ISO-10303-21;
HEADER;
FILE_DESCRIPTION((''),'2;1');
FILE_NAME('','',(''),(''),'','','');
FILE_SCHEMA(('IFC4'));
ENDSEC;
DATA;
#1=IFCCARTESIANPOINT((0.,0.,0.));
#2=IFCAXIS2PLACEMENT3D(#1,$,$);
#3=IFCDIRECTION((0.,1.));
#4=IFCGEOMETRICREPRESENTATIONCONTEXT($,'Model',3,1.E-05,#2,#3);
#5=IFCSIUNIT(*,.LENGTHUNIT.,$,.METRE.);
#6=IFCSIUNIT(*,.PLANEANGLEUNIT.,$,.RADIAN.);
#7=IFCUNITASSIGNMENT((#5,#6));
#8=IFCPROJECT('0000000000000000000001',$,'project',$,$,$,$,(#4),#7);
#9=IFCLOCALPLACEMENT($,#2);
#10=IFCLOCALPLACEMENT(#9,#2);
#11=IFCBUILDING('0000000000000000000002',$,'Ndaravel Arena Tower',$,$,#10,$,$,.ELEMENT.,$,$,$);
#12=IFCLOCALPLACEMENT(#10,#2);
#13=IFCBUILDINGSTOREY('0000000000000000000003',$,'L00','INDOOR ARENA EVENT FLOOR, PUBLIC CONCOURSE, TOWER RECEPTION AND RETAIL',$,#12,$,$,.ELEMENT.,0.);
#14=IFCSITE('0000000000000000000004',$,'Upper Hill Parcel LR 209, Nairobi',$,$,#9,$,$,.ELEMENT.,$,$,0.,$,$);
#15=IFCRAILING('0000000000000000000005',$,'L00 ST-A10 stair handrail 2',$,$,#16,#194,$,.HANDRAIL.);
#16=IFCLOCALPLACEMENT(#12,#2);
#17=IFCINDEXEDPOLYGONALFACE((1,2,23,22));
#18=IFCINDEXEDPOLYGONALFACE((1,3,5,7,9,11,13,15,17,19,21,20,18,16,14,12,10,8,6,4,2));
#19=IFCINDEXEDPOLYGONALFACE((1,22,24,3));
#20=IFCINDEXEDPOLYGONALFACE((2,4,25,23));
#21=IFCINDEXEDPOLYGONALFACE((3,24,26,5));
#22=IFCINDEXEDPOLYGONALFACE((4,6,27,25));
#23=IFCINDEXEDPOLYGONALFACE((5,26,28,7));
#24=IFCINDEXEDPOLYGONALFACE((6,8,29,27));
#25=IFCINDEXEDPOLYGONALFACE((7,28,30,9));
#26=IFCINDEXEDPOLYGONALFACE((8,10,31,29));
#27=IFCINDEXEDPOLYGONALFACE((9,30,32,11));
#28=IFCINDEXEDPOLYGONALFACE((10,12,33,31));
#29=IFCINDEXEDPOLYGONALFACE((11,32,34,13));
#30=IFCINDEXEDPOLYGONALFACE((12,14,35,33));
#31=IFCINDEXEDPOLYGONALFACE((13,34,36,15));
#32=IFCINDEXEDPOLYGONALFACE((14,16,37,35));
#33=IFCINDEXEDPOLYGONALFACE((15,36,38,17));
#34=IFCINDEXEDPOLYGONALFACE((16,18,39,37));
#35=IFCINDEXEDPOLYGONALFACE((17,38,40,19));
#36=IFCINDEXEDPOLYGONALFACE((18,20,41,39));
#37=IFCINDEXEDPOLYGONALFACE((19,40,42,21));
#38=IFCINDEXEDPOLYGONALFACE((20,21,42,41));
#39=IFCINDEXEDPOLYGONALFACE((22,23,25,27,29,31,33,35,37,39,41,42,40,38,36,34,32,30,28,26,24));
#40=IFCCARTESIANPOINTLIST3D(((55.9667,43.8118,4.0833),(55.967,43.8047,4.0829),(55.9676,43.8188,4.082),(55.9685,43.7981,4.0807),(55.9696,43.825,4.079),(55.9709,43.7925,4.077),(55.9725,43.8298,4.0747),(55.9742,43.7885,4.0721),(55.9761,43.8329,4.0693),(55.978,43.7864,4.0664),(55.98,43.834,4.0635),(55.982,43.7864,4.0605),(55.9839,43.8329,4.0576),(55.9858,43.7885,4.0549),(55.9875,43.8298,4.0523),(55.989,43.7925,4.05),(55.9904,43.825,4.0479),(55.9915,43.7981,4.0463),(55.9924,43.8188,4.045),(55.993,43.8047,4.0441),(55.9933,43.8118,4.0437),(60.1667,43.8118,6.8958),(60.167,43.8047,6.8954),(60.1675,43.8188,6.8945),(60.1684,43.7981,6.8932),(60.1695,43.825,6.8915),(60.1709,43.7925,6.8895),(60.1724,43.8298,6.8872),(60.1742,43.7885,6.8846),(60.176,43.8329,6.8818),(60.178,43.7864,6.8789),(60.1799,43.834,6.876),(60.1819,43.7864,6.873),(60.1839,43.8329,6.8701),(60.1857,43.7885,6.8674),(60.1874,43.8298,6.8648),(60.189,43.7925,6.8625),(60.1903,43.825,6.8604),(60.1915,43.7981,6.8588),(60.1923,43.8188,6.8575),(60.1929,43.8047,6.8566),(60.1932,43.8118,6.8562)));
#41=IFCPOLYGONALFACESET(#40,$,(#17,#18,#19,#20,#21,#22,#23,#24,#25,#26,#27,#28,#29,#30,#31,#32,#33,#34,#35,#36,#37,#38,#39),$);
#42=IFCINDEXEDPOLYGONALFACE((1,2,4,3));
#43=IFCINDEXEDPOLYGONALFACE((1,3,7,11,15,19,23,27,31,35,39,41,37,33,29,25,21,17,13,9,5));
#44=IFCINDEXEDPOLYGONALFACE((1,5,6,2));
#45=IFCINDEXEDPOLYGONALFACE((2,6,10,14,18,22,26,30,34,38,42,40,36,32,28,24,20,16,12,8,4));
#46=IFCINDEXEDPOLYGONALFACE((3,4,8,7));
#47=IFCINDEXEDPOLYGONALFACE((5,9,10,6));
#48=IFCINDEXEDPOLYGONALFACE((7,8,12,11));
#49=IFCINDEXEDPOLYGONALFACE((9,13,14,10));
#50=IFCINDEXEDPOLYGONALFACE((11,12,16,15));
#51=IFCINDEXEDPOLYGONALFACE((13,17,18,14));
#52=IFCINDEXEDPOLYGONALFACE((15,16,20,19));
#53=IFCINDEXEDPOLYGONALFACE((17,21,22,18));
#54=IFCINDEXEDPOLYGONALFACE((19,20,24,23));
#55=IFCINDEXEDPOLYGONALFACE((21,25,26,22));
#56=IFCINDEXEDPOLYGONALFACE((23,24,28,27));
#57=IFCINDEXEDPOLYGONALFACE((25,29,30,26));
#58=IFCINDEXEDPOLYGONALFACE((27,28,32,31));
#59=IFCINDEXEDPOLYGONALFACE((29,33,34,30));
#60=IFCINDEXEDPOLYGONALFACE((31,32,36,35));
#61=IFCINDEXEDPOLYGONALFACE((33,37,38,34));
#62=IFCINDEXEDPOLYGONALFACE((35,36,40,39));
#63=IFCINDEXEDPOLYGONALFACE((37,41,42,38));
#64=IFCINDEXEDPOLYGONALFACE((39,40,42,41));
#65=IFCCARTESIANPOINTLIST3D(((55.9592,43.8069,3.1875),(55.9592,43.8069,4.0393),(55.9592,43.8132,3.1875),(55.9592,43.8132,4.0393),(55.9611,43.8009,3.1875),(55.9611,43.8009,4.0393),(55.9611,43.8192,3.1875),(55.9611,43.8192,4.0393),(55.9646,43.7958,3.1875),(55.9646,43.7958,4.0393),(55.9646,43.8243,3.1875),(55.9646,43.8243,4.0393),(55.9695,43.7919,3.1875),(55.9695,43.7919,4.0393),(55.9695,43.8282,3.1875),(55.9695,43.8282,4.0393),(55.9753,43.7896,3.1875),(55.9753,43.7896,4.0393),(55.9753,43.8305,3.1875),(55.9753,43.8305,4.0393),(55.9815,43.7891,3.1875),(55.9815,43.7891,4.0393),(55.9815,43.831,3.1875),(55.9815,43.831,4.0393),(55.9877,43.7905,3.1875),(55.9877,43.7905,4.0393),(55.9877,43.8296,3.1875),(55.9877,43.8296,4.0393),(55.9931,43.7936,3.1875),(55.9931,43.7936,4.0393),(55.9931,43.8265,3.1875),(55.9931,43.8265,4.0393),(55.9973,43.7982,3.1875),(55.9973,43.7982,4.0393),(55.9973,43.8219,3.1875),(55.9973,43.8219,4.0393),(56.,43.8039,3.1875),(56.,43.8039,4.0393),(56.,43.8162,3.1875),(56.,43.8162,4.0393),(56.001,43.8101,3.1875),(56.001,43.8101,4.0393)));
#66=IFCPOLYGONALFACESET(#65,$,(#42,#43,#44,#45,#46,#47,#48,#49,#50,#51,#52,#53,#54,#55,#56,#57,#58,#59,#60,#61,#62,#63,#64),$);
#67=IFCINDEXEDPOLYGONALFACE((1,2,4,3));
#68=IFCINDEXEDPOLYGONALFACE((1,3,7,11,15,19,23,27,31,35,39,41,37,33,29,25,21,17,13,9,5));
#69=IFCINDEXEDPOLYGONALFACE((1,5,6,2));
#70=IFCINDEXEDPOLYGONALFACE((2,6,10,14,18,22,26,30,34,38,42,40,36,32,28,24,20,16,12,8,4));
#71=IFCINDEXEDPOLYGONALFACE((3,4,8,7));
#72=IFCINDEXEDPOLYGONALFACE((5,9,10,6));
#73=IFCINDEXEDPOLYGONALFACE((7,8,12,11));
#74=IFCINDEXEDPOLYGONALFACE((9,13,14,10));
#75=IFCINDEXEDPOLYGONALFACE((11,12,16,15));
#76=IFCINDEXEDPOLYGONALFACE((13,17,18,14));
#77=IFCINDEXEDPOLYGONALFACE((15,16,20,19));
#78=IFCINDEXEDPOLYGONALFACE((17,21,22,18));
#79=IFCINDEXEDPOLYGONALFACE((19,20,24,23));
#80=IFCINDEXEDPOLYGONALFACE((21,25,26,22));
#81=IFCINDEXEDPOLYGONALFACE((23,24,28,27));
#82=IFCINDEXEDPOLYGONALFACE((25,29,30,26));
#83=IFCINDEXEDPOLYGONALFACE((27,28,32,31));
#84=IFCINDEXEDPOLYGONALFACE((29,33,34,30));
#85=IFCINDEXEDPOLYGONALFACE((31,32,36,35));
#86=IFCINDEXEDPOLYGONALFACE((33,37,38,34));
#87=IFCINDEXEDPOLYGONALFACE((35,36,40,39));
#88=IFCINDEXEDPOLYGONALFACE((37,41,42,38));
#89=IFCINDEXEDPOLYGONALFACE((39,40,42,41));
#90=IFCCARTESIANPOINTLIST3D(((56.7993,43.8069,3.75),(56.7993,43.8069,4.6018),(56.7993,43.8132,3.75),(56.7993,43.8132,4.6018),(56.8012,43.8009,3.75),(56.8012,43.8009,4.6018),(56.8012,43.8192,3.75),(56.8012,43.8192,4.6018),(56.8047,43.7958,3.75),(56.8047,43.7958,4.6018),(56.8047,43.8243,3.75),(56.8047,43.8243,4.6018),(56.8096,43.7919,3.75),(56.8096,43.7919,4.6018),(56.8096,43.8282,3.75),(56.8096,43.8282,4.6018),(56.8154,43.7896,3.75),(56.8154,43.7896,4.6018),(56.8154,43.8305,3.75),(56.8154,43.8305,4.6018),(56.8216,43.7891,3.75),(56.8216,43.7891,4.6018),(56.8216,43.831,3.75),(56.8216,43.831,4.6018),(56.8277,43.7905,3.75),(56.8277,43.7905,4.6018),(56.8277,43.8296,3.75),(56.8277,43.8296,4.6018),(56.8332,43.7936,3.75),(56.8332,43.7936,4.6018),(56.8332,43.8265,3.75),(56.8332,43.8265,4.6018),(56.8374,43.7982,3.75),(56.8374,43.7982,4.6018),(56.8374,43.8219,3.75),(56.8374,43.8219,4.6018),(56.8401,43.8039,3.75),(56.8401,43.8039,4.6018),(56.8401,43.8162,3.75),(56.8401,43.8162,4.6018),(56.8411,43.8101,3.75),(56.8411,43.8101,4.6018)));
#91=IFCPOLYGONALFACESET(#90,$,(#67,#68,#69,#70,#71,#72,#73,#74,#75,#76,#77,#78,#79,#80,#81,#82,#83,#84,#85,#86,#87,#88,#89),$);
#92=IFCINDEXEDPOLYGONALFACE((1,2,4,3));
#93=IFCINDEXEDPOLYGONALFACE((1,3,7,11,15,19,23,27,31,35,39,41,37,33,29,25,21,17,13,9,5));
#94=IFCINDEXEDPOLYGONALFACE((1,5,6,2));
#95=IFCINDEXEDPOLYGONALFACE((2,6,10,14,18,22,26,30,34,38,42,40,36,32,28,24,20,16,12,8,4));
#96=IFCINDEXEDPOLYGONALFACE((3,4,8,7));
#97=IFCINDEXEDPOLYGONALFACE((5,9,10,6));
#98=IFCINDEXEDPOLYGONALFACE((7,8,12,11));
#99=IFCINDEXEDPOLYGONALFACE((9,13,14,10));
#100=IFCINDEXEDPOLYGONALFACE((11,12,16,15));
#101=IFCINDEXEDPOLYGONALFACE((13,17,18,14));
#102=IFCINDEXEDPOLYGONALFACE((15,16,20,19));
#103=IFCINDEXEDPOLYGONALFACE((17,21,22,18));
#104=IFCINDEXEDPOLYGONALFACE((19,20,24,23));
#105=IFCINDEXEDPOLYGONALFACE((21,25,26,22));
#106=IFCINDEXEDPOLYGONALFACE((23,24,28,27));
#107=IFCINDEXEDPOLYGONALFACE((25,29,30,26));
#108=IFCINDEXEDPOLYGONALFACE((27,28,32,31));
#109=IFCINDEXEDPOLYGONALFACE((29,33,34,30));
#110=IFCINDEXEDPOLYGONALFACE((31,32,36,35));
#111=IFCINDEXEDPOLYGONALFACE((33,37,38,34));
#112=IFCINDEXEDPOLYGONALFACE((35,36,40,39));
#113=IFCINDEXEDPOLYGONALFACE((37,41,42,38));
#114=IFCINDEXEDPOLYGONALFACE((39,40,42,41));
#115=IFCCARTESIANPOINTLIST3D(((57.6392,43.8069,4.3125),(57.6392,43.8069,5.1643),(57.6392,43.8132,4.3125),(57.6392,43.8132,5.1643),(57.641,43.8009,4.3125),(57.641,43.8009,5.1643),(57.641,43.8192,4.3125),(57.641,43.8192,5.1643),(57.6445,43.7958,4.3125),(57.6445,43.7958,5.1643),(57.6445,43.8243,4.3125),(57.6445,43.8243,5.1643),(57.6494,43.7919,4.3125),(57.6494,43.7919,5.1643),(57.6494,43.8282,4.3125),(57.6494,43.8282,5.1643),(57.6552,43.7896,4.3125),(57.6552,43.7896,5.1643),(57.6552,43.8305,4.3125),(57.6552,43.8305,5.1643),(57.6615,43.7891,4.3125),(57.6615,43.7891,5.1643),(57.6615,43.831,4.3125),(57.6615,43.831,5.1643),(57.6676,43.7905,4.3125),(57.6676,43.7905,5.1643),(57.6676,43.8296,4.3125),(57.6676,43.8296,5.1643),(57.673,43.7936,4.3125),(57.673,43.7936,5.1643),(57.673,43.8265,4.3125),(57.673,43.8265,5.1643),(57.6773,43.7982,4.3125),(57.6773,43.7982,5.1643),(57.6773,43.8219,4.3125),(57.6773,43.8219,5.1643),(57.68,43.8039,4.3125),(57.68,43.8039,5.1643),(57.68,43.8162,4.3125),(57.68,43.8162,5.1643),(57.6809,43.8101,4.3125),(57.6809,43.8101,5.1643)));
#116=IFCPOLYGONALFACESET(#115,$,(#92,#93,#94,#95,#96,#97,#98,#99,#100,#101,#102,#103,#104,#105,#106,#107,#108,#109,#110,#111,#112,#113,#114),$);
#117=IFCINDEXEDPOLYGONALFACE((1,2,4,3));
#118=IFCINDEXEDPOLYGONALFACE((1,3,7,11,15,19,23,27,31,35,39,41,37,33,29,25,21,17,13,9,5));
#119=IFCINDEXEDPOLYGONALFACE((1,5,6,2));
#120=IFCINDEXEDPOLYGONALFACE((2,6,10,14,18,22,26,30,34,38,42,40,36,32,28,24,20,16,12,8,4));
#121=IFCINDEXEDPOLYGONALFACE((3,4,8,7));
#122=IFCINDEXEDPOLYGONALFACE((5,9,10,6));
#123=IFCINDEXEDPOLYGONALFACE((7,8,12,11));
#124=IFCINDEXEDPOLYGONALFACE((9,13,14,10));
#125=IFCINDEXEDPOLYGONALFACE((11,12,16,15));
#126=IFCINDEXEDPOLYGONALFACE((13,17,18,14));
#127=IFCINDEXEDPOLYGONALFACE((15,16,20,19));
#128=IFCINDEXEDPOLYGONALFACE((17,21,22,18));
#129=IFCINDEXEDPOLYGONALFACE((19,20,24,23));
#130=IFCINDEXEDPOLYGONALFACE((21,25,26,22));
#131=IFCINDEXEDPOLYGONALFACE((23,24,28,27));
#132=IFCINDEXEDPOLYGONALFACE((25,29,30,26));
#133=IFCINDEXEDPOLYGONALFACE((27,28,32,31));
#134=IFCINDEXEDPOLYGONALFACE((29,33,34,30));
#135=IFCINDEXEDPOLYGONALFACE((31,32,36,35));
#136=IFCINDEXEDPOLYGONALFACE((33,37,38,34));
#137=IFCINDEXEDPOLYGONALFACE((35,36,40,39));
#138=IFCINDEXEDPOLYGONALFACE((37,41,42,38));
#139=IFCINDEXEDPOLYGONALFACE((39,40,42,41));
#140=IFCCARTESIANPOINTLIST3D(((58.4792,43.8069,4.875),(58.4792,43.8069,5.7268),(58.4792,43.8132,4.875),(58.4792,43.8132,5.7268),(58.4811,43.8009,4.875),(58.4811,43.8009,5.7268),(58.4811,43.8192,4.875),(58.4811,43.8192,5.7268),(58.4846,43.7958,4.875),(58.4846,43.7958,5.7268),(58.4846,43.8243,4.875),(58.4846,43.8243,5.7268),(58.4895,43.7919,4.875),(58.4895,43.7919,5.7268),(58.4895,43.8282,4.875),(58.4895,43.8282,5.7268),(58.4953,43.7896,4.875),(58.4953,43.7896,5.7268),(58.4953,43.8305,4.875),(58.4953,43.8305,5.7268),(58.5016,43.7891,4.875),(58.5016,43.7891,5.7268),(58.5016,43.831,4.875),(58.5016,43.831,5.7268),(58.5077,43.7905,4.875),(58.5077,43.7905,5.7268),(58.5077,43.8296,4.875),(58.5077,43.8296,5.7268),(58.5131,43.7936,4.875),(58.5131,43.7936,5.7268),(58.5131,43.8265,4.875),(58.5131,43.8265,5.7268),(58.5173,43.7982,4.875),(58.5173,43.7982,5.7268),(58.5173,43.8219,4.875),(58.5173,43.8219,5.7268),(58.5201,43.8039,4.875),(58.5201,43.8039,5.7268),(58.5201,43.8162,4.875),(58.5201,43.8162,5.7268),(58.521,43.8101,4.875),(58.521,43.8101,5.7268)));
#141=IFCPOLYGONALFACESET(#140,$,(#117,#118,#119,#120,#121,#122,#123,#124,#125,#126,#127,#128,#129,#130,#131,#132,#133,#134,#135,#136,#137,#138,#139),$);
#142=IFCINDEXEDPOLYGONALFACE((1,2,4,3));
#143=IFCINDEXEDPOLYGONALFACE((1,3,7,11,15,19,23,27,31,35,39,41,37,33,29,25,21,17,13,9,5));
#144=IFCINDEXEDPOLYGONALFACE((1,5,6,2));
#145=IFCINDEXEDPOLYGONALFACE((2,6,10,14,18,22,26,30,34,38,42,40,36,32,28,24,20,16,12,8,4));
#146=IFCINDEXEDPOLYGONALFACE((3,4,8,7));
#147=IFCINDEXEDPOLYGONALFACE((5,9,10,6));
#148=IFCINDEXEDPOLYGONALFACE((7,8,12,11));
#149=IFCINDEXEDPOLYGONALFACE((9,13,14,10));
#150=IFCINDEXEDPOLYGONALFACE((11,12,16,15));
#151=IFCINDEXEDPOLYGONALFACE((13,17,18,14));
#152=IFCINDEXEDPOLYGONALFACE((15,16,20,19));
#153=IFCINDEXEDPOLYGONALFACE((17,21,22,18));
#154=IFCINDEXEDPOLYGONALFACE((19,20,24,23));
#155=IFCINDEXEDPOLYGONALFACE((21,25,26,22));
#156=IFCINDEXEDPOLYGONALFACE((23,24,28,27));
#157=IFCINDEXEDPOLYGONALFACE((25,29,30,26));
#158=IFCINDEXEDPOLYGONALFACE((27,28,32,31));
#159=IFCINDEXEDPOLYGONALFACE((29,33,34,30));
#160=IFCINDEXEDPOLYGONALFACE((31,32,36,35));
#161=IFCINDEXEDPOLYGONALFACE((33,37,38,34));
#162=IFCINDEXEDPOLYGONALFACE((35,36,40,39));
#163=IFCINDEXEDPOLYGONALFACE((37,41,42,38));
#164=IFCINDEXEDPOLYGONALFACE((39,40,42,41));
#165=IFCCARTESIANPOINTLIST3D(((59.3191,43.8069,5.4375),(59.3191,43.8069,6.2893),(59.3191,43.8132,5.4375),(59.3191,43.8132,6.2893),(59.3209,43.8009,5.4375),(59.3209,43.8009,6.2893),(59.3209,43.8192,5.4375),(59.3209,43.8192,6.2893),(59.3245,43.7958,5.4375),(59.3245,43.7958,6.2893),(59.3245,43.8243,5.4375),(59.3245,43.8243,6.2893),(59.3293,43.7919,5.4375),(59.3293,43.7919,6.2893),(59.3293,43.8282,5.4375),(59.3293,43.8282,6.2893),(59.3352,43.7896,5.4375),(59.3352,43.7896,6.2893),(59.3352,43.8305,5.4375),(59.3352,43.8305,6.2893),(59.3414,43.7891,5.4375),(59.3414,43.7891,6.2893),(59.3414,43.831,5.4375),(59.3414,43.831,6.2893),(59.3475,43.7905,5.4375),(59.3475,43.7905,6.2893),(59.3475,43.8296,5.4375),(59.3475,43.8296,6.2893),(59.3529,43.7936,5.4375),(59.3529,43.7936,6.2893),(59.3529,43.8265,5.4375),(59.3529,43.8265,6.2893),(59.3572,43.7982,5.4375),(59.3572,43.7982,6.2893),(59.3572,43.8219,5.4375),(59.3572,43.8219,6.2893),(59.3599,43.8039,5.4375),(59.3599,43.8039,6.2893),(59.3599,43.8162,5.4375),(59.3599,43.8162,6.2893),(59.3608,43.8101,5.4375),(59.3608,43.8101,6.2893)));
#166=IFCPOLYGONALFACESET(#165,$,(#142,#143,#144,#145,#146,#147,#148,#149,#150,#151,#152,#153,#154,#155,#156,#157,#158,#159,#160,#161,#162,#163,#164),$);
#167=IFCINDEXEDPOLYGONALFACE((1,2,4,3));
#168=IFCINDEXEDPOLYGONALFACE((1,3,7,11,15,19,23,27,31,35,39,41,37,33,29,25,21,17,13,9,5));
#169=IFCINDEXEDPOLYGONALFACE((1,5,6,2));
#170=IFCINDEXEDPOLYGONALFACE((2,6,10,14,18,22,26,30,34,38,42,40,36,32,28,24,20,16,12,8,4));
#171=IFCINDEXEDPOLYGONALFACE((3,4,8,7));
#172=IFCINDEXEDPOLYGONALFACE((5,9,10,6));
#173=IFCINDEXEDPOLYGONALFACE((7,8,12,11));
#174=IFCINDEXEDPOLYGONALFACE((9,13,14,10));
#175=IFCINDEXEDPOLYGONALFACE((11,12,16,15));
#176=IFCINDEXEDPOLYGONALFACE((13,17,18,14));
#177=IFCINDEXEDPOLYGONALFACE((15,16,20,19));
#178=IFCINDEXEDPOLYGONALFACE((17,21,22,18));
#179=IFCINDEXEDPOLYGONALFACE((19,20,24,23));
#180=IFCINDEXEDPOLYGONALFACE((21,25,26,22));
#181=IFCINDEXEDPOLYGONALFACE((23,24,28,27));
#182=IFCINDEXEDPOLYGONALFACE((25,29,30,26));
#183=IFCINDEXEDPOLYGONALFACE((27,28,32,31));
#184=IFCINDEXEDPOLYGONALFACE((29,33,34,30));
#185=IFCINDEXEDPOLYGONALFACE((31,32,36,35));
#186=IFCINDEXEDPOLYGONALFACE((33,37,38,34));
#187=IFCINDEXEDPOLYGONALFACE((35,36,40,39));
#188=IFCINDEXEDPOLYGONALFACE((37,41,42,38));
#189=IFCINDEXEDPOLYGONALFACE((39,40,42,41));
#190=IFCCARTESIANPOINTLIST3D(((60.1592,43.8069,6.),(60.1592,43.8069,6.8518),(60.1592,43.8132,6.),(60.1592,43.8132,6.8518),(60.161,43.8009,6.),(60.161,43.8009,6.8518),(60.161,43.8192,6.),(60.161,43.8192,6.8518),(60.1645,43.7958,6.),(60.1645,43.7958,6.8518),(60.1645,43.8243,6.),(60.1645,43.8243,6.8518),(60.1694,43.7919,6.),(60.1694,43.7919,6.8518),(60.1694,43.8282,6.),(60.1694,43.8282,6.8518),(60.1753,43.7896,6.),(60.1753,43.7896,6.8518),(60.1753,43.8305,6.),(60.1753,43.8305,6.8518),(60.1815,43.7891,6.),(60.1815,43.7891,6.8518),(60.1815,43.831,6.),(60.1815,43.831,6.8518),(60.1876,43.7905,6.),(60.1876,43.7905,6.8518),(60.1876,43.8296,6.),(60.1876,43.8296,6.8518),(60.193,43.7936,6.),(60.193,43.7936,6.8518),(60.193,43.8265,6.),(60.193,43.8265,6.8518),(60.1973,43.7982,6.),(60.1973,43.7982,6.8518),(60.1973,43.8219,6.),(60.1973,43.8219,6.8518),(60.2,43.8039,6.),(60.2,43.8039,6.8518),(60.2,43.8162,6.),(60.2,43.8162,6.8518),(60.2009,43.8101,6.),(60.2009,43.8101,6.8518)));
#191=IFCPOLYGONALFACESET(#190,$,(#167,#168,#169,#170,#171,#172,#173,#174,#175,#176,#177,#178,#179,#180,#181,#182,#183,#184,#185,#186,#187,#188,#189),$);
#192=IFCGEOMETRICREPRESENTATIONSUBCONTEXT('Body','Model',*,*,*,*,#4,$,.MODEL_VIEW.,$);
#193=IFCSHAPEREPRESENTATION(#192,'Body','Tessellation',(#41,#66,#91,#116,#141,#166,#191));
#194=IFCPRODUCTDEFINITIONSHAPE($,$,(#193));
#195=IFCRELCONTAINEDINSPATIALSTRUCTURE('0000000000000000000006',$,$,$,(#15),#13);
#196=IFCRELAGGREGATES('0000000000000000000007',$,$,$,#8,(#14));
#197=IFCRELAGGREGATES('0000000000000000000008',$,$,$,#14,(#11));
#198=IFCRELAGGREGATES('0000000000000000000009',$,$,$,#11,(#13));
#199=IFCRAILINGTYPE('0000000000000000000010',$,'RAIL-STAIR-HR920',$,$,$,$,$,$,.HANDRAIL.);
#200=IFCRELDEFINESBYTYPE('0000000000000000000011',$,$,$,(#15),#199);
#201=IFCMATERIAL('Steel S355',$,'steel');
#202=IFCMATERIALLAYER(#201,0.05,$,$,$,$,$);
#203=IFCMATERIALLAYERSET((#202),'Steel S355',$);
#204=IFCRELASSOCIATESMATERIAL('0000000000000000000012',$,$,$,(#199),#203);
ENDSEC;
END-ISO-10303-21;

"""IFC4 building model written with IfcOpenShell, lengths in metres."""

from ifc_helpers import new_model, si_unit, direction, frame, origin, origin_2d, place, context, subcontext, project, spatial, circle, extrude, material, layer, layer_set, type_object, element, save


model = new_model("IFC4")

# Units and contexts
model_context = context("Model", 3, precision=1e-05, world=origin(), true_north=direction((0.0, 1.0)))
body_context = subcontext(model_context, "Body", "Model", "MODEL_VIEW")
ifc_project = project(units=[si_unit("LENGTHUNIT", "METRE"), si_unit("PLANEANGLEUNIT", "RADIAN")], contexts=[model_context])

# Site, building, storey
site_placement = place(None, origin())
site = spatial("IfcSite", under=ifc_project, at=site_placement, Name="Upper Hill Parcel LR 209, Nairobi", CompositionType="ELEMENT", RefElevation=0.0)
building_placement = place(site_placement, origin())
building = spatial("IfcBuilding", under=site, at=building_placement, Name="Ndaravel Arena Tower", CompositionType="ELEMENT")
storey_placement = place(building_placement, origin())
storey = spatial("IfcBuildingStorey", under=building, at=storey_placement, Name="L00", Description="INDOOR ARENA EVENT FLOOR, PUBLIC CONCOURSE, TOWER RECEPTION AND RETAIL", CompositionType="ELEMENT", Elevation=0.0)

# Railing
ifc_material_1 = material(Name="Steel S355", Category="steel")
ifc_layer_1 = layer(ifc_material_1, 0.05)
ifc_layer_set_1 = layer_set([ifc_layer_1], Name="Steel S355")
railing_type_1 = type_object("IfcRailingType", Name="RAIL-STAIR-HR920", PredefinedType="HANDRAIL", material=ifc_layer_set_1)
railing_1_placement = place(storey_placement, frame((55.98, 43.8101, 3.1875)))
element("IfcRailing", 1, at=railing_1_placement, inside=storey, type_object=railing_type_1, Name="L00 ST-A10 stair handrail 2", PredefinedType="HANDRAIL", context=body_context, shape_type="SweptSolid", body=[
    extrude(circle(Radius=0.0239, at=origin_2d()), frame((0.0, 0.0, 0.876), z_axis=(0.830904, 0.0, 0.556416), x_axis=(0.0, 1.0, 0.0)), (0.0, 0.0, 1.0), 5.0547),
    extrude(circle(Radius=0.021, at=origin_2d()), origin(), (0.0, 0.0, 1.0), 0.8518),
    extrude(circle(Radius=0.021, at=origin_2d()), frame((0.8401, 0.0, 0.5625)), (0.0, 0.0, 1.0), 0.8518),
    extrude(circle(Radius=0.021, at=origin_2d()), frame((1.6799, 0.0, 1.125)), (0.0, 0.0, 1.0), 0.8518),
    extrude(circle(Radius=0.021, at=origin_2d()), frame((2.52, 0.0, 1.6875)), (0.0, 0.0, 1.0), 0.8518),
    extrude(circle(Radius=0.021, at=origin_2d()), frame((3.3599, 0.0, 2.25)), (0.0, 0.0, 1.0), 0.8518),
    extrude(circle(Radius=0.021, at=origin_2d()), frame((4.2, 0.0, 2.8125)), (0.0, 0.0, 1.0), 0.8518),
])

save(model, "model.ifc")
